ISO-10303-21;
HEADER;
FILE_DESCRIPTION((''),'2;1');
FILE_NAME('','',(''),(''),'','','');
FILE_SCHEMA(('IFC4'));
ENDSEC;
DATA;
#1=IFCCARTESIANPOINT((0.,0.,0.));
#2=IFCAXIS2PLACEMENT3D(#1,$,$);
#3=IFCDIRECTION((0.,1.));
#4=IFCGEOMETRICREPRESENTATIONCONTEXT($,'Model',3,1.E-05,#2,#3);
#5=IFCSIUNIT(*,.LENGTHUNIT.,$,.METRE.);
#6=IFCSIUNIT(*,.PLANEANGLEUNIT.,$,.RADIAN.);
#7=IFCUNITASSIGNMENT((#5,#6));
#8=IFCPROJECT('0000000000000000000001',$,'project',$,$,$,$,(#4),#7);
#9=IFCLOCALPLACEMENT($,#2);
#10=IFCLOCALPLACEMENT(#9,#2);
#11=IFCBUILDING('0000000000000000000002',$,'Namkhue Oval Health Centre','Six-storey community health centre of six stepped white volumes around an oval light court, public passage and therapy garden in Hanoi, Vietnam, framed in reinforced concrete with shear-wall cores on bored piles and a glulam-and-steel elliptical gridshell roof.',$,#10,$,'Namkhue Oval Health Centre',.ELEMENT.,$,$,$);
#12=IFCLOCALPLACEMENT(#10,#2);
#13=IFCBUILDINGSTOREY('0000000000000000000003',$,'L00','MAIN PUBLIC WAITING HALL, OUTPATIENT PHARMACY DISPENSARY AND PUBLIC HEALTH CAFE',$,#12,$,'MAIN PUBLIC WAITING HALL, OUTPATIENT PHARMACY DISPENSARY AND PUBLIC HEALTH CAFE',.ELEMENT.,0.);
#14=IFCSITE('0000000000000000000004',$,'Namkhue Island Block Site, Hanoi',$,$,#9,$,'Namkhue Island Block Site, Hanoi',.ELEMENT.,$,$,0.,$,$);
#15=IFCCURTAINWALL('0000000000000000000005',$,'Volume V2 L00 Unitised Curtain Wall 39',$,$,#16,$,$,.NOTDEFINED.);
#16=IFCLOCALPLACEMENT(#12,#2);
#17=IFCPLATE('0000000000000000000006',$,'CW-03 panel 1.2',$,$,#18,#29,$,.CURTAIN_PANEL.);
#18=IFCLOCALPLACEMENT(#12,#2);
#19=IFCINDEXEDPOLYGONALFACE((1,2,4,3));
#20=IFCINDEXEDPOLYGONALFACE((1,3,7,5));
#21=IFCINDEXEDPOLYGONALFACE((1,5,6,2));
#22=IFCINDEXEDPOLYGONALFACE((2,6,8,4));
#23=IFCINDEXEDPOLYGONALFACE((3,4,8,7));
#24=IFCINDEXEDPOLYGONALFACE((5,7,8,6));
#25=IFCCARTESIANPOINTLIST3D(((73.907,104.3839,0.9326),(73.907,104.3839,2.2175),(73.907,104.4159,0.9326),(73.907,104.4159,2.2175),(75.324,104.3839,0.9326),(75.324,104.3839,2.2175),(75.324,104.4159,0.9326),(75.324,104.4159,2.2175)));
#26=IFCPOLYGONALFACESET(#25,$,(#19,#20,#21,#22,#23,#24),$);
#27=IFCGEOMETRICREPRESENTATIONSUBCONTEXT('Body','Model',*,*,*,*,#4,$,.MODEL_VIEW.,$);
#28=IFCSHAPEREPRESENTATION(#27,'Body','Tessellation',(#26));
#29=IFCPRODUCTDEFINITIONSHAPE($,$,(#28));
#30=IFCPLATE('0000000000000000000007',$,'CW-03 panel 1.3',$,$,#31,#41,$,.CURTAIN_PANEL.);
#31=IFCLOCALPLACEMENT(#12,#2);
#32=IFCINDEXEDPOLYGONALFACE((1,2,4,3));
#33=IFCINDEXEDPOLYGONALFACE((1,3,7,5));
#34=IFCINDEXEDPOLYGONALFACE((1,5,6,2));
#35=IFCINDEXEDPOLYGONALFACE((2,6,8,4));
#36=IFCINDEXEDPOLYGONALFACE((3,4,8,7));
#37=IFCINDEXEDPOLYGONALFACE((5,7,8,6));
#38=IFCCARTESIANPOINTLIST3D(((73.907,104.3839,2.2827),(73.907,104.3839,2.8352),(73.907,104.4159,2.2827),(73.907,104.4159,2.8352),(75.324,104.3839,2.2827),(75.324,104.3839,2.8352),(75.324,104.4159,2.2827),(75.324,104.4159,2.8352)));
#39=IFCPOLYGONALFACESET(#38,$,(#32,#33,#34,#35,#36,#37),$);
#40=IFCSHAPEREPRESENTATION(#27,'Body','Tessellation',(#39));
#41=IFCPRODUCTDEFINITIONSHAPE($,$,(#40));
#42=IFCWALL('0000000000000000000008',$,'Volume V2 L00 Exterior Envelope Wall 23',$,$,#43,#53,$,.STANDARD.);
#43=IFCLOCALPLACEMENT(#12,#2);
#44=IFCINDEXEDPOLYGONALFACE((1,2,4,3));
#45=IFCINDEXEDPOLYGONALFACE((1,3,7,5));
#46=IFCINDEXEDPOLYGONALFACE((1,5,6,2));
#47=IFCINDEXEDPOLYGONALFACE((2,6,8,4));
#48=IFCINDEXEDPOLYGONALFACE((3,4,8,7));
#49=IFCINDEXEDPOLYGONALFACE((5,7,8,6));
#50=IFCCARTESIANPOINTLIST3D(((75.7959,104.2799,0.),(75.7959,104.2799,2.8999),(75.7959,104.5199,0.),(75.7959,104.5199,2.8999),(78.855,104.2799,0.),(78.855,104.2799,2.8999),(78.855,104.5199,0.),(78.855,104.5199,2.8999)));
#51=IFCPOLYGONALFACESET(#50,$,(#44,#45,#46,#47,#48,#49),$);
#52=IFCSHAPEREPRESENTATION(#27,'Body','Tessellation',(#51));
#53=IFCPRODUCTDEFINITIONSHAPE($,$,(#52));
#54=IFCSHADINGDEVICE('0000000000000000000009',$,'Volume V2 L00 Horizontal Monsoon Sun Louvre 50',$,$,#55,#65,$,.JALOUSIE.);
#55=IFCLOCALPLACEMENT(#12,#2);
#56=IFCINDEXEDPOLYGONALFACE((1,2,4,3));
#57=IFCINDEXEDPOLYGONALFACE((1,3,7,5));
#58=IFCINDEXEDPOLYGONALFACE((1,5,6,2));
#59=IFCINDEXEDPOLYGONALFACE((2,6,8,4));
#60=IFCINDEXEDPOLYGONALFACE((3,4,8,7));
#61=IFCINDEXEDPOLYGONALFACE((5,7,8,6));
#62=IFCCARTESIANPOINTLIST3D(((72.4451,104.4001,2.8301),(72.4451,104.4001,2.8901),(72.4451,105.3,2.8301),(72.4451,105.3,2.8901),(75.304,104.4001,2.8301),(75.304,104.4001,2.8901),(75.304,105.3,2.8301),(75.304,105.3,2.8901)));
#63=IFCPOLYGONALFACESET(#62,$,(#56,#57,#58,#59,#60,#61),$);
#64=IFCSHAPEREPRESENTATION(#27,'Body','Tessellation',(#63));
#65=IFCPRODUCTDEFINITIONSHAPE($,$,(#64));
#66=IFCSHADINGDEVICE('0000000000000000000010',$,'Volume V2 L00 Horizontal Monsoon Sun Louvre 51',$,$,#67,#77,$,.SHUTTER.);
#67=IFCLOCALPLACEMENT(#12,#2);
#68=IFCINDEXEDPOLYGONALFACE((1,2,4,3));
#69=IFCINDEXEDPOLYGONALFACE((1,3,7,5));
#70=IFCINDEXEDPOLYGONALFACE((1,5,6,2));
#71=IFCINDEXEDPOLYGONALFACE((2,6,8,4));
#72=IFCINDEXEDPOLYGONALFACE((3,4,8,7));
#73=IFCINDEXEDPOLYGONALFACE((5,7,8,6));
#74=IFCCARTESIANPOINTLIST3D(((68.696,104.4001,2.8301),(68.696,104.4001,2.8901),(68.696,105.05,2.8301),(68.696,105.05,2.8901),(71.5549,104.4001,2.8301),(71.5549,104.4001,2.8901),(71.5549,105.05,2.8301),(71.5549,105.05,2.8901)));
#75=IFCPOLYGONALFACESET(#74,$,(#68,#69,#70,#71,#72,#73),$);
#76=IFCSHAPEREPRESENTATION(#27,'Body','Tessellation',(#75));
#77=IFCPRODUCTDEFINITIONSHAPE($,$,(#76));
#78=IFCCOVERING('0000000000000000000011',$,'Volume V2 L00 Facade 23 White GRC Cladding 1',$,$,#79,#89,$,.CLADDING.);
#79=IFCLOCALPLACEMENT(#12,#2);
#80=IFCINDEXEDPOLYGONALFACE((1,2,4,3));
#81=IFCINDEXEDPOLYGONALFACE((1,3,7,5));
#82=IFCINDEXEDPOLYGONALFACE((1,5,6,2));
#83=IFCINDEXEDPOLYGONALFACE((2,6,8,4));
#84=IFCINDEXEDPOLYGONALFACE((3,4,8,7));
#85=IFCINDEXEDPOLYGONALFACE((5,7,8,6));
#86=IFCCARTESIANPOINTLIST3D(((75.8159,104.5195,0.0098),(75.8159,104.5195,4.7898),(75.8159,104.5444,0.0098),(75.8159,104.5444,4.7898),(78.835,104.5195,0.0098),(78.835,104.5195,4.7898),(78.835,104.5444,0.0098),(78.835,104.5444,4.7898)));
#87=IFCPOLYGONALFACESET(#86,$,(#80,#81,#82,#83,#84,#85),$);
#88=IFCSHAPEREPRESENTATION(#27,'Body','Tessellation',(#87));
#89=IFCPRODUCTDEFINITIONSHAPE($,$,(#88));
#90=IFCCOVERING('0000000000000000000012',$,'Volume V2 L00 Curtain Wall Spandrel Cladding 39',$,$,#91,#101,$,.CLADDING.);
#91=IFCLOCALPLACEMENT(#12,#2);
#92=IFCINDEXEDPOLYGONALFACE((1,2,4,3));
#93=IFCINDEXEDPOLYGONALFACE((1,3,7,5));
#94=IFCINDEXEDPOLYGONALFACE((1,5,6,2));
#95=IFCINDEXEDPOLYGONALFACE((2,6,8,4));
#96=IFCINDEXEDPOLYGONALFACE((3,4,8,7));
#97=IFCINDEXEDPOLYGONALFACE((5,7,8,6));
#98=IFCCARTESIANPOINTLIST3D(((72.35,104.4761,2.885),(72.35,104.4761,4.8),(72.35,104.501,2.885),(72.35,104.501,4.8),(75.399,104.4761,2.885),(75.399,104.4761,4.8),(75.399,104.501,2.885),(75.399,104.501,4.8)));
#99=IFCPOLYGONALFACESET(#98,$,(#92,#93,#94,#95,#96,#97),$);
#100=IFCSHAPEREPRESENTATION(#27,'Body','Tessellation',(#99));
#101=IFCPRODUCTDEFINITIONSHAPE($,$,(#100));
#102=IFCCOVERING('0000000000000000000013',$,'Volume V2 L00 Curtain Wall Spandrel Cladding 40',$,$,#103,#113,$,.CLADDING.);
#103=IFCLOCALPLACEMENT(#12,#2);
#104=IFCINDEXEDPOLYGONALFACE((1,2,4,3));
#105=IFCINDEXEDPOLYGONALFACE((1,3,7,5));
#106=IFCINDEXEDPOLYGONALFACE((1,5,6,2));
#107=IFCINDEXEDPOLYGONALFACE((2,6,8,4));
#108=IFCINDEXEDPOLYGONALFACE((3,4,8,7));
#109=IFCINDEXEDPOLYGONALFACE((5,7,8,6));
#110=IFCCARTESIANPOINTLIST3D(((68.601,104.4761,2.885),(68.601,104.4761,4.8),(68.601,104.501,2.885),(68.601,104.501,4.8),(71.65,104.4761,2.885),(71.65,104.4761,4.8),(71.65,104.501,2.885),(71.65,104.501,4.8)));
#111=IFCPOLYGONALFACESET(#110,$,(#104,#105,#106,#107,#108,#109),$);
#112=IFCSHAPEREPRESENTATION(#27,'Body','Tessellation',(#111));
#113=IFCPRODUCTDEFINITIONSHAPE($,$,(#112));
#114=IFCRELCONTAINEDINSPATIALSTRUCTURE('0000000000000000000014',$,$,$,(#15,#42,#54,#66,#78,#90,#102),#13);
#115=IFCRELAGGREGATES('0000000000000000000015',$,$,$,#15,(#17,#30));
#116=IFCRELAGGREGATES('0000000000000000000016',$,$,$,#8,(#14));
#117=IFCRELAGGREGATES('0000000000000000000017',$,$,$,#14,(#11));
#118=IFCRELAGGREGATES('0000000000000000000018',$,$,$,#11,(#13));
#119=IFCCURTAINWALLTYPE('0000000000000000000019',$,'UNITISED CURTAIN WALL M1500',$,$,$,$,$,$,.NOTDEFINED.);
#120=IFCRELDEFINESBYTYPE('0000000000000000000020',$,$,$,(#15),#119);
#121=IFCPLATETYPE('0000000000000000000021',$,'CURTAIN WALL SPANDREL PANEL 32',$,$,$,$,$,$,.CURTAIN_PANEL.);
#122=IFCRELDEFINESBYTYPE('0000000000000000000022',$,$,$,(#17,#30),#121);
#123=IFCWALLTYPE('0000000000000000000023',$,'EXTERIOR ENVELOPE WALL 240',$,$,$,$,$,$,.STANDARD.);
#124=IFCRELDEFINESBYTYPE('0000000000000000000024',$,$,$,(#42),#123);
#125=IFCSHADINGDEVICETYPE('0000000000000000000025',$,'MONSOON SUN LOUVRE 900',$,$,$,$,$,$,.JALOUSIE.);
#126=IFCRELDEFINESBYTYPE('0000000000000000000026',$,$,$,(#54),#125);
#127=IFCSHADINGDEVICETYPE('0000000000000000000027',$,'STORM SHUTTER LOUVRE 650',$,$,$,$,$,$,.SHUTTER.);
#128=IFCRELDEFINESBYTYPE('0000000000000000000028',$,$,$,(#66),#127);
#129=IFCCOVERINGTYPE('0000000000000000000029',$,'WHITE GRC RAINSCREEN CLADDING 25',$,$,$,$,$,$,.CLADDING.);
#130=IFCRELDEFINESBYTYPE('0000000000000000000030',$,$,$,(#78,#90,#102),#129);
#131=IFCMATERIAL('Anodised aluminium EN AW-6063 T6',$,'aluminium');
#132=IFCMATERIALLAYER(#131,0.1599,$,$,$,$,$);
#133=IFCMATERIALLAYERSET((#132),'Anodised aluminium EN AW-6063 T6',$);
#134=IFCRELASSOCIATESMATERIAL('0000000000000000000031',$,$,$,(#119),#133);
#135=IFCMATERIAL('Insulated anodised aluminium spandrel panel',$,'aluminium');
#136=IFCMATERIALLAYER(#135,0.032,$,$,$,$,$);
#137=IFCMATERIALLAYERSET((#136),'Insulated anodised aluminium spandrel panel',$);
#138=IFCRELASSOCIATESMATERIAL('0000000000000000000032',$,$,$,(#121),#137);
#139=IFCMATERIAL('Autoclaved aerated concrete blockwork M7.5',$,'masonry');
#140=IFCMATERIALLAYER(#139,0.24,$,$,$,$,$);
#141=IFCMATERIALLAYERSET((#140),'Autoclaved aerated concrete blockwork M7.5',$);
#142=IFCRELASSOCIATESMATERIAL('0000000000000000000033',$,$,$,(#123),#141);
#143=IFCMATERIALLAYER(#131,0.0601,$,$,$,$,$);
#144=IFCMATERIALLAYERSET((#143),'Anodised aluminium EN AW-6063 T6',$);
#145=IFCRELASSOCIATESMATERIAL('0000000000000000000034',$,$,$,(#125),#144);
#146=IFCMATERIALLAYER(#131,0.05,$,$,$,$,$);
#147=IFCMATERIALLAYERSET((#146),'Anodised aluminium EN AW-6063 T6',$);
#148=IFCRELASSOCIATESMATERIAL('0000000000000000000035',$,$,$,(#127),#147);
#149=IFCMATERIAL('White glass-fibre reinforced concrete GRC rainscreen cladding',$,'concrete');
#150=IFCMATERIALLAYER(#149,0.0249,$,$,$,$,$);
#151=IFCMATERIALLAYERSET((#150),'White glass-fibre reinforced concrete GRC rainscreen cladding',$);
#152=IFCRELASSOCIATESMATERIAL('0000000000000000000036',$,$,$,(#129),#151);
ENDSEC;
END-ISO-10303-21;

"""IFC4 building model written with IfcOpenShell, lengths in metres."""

from ifc_helpers import new_model, si_unit, direction, frame, frame_2d, origin, origin_2d, place, context, subcontext, project, spatial, rectangle, extrude, material, layer, layer_set, type_object, element, aggregate, save


model = new_model("IFC4")

# Units and contexts
model_context = context("Model", 3, precision=1e-05, world=origin(), true_north=direction((0.0, 1.0)))
body_context = subcontext(model_context, "Body", "Model", "MODEL_VIEW")
ifc_project = project(units=[si_unit("LENGTHUNIT", "METRE"), si_unit("PLANEANGLEUNIT", "RADIAN")], contexts=[model_context])

# Site, building, storey
site_placement = place(None, origin())
site = spatial("IfcSite", under=ifc_project, at=site_placement, Name="Namkhue Island Block Site, Hanoi", LongName="Namkhue Island Block Site, Hanoi", CompositionType="ELEMENT", RefElevation=0.0)
building_placement = place(site_placement, origin())
building = spatial("IfcBuilding", under=site, at=building_placement, Name="Namkhue Oval Health Centre", Description="Six-storey community health centre of six stepped white volumes around an oval light court, public passage and therapy garden in Hanoi, Vietnam, framed in reinforced concrete with shear-wall cores on bored piles and a glulam-and-steel elliptical gridshell roof.", LongName="Namkhue Oval Health Centre", CompositionType="ELEMENT")
storey_placement = place(building_placement, origin())
storey = spatial("IfcBuildingStorey", under=building, at=storey_placement, Name="L00", Description="MAIN PUBLIC WAITING HALL, OUTPATIENT PHARMACY DISPENSARY AND PUBLIC HEALTH CAFE", LongName="MAIN PUBLIC WAITING HALL, OUTPATIENT PHARMACY DISPENSARY AND PUBLIC HEALTH CAFE", CompositionType="ELEMENT", Elevation=0.0)

# Curtain wall
ifc_material_1 = material(Name="Anodised aluminium EN AW-6063 T6", Category="aluminium")
ifc_layer_1 = layer(ifc_material_1, 0.1599)
ifc_layer_set_1 = layer_set([ifc_layer_1], Name="Anodised aluminium EN AW-6063 T6")
curtain_wall_type_1 = type_object("IfcCurtainWallType", Name="UNITISED CURTAIN WALL M1500", PredefinedType="NOTDEFINED", material=ifc_layer_set_1)
curtain_wall_1_placement = place(storey_placement, origin())
curtain_wall_1 = element("IfcCurtainWall", 1, at=curtain_wall_1_placement, inside=storey, type_object=curtain_wall_type_1, Name="Volume V2 L00 Unitised Curtain Wall 39", PredefinedType="NOTDEFINED")

# Plates
ifc_material_2 = material(Name="Insulated anodised aluminium spandrel panel", Category="aluminium")
ifc_layer_2 = layer(ifc_material_2, 0.032)
ifc_layer_set_2 = layer_set([ifc_layer_2], Name="Insulated anodised aluminium spandrel panel")
plate_type_1 = type_object("IfcPlateType", Name="CURTAIN WALL SPANDREL PANEL 32", PredefinedType="CURTAIN_PANEL", material=ifc_layer_set_2)
plate_1_placement = place(storey_placement, frame((74.6155, 104.3999, 0.9326), z_axis=(0.0, 0.0, 1.0), x_axis=(-1.0, 0.0, 0.0)))
plate_1 = element("IfcPlate", 2, at=plate_1_placement, type_object=plate_type_1, Name="CW-03 panel 1.2", PredefinedType="CURTAIN_PANEL", context=body_context, shape_type="SweptSolid", body=[
    extrude(rectangle(XDim=1.417, YDim=0.032, at=origin_2d()), origin(), (0.0, 0.0, 1.0), 1.2849),
])
plate_2_placement = place(storey_placement, frame((74.6155, 104.3999, 2.2827), z_axis=(0.0, 0.0, 1.0), x_axis=(-1.0, 0.0, 0.0)))
plate_2 = element("IfcPlate", 3, at=plate_2_placement, type_object=plate_type_1, Name="CW-03 panel 1.3", PredefinedType="CURTAIN_PANEL", context=body_context, shape_type="SweptSolid", body=[
    extrude(rectangle(XDim=1.417, YDim=0.032, at=origin_2d()), origin(), (0.0, 0.0, 1.0), 0.5525),
])
aggregate(curtain_wall_1, [plate_1, plate_2])

# Wall
ifc_material_3 = material(Name="Autoclaved aerated concrete blockwork M7.5", Category="masonry")
ifc_layer_3 = layer(ifc_material_3, 0.24)
ifc_layer_set_3 = layer_set([ifc_layer_3], Name="Autoclaved aerated concrete blockwork M7.5")
wall_type = type_object("IfcWallType", Name="EXTERIOR ENVELOPE WALL 240", PredefinedType="STANDARD", material=ifc_layer_set_3)
wall_placement = place(storey_placement, frame((78.855, 104.3999, 0.0), z_axis=(0.0, 0.0, 1.0), x_axis=(-1.0, 0.0, 0.0)))
element("IfcWall", 4, at=wall_placement, inside=storey, type_object=wall_type, Name="Volume V2 L00 Exterior Envelope Wall 23", PredefinedType="STANDARD", context=body_context, shape_type="SweptSolid", body=[
    extrude(rectangle(XDim=3.0591, YDim=0.24, at=frame_2d((1.5295, 0.0))), origin(), (0.0, 0.0, 1.0), 2.8999),
])

# Shading devices
ifc_layer_4 = layer(ifc_material_1, 0.0601)
ifc_layer_set_4 = layer_set([ifc_layer_4], Name="Anodised aluminium EN AW-6063 T6")
shading_device_type_1 = type_object("IfcShadingDeviceType", Name="MONSOON SUN LOUVRE 900", PredefinedType="JALOUSIE", material=ifc_layer_set_4)
shading_device_1_placement = place(storey_placement, frame((73.8745, 104.8501, 2.8301), z_axis=(0.0, 0.0, 1.0), x_axis=(-1.0, 0.0, 0.0)))
element("IfcShadingDevice", 5, at=shading_device_1_placement, inside=storey, type_object=shading_device_type_1, Name="Volume V2 L00 Horizontal Monsoon Sun Louvre 50", PredefinedType="JALOUSIE", context=body_context, shape_type="SweptSolid", body=[
    extrude(rectangle(XDim=2.8589, YDim=0.8999, at=origin_2d()), origin(), (0.0, 0.0, 1.0), 0.0601),
])
ifc_layer_5 = layer(ifc_material_1, 0.05)
ifc_layer_set_5 = layer_set([ifc_layer_5], Name="Anodised aluminium EN AW-6063 T6")
shading_device_type_2 = type_object("IfcShadingDeviceType", Name="STORM SHUTTER LOUVRE 650", PredefinedType="SHUTTER", material=ifc_layer_set_5)
shading_device_2_placement = place(storey_placement, frame((70.1255, 104.7251, 2.8301), z_axis=(0.0, 0.0, 1.0), x_axis=(-1.0, 0.0, 0.0)))
element("IfcShadingDevice", 6, at=shading_device_2_placement, inside=storey, type_object=shading_device_type_2, Name="Volume V2 L00 Horizontal Monsoon Sun Louvre 51", PredefinedType="SHUTTER", context=body_context, shape_type="SweptSolid", body=[
    extrude(rectangle(XDim=2.8589, YDim=0.6499, at=origin_2d()), origin(), (0.0, 0.0, 1.0), 0.0601),
])

# Coverings
ifc_material_4 = material(Name="White glass-fibre reinforced concrete GRC rainscreen cladding", Category="concrete")
ifc_layer_6 = layer(ifc_material_4, 0.0249)
ifc_layer_set_6 = layer_set([ifc_layer_6], Name="White glass-fibre reinforced concrete GRC rainscreen cladding")
covering_type = type_object("IfcCoveringType", Name="WHITE GRC RAINSCREEN CLADDING 25", PredefinedType="CLADDING", material=ifc_layer_set_6)
covering_placement = place(storey_placement, frame((77.3254, 104.532, 0.0098), z_axis=(0.0, 0.0, 1.0), x_axis=(-1.0, 0.0, 0.0)))
element("IfcCovering", 7, at=covering_placement, inside=storey, type_object=covering_type, Name="Volume V2 L00 Facade 23 White GRC Cladding 1", PredefinedType="CLADDING", context=body_context, shape_type="SweptSolid", body=[
    extrude(rectangle(XDim=3.019, YDim=0.0249, at=origin_2d()), origin(), (0.0, 0.0, 1.0), 4.78),
])
for number, where, z_axis, x_axis, name in (
    (8, (73.8745, 104.4885, 2.885), (0.0, 0.0, 1.0), (-1.0, 0.0, 0.0), "Volume V2 L00 Curtain Wall Spandrel Cladding 39"),
    (9, (70.1255, 104.4885, 2.885), (0.0, 0.0, 1.0), (-1.0, 0.0, 0.0), "Volume V2 L00 Curtain Wall Spandrel Cladding 40"),
):
    element("IfcCovering", number, at=place(storey_placement, frame(where, z_axis=z_axis, x_axis=x_axis)), inside=storey, type_object=covering_type, Name=name, PredefinedType="CLADDING", context=body_context, shape_type="SweptSolid", body=[
        extrude(rectangle(XDim=3.0491, YDim=0.0249, at=origin_2d()), origin(), (0.0, 0.0, 1.0), 1.915),
    ])

save(model, "model.ifc")
